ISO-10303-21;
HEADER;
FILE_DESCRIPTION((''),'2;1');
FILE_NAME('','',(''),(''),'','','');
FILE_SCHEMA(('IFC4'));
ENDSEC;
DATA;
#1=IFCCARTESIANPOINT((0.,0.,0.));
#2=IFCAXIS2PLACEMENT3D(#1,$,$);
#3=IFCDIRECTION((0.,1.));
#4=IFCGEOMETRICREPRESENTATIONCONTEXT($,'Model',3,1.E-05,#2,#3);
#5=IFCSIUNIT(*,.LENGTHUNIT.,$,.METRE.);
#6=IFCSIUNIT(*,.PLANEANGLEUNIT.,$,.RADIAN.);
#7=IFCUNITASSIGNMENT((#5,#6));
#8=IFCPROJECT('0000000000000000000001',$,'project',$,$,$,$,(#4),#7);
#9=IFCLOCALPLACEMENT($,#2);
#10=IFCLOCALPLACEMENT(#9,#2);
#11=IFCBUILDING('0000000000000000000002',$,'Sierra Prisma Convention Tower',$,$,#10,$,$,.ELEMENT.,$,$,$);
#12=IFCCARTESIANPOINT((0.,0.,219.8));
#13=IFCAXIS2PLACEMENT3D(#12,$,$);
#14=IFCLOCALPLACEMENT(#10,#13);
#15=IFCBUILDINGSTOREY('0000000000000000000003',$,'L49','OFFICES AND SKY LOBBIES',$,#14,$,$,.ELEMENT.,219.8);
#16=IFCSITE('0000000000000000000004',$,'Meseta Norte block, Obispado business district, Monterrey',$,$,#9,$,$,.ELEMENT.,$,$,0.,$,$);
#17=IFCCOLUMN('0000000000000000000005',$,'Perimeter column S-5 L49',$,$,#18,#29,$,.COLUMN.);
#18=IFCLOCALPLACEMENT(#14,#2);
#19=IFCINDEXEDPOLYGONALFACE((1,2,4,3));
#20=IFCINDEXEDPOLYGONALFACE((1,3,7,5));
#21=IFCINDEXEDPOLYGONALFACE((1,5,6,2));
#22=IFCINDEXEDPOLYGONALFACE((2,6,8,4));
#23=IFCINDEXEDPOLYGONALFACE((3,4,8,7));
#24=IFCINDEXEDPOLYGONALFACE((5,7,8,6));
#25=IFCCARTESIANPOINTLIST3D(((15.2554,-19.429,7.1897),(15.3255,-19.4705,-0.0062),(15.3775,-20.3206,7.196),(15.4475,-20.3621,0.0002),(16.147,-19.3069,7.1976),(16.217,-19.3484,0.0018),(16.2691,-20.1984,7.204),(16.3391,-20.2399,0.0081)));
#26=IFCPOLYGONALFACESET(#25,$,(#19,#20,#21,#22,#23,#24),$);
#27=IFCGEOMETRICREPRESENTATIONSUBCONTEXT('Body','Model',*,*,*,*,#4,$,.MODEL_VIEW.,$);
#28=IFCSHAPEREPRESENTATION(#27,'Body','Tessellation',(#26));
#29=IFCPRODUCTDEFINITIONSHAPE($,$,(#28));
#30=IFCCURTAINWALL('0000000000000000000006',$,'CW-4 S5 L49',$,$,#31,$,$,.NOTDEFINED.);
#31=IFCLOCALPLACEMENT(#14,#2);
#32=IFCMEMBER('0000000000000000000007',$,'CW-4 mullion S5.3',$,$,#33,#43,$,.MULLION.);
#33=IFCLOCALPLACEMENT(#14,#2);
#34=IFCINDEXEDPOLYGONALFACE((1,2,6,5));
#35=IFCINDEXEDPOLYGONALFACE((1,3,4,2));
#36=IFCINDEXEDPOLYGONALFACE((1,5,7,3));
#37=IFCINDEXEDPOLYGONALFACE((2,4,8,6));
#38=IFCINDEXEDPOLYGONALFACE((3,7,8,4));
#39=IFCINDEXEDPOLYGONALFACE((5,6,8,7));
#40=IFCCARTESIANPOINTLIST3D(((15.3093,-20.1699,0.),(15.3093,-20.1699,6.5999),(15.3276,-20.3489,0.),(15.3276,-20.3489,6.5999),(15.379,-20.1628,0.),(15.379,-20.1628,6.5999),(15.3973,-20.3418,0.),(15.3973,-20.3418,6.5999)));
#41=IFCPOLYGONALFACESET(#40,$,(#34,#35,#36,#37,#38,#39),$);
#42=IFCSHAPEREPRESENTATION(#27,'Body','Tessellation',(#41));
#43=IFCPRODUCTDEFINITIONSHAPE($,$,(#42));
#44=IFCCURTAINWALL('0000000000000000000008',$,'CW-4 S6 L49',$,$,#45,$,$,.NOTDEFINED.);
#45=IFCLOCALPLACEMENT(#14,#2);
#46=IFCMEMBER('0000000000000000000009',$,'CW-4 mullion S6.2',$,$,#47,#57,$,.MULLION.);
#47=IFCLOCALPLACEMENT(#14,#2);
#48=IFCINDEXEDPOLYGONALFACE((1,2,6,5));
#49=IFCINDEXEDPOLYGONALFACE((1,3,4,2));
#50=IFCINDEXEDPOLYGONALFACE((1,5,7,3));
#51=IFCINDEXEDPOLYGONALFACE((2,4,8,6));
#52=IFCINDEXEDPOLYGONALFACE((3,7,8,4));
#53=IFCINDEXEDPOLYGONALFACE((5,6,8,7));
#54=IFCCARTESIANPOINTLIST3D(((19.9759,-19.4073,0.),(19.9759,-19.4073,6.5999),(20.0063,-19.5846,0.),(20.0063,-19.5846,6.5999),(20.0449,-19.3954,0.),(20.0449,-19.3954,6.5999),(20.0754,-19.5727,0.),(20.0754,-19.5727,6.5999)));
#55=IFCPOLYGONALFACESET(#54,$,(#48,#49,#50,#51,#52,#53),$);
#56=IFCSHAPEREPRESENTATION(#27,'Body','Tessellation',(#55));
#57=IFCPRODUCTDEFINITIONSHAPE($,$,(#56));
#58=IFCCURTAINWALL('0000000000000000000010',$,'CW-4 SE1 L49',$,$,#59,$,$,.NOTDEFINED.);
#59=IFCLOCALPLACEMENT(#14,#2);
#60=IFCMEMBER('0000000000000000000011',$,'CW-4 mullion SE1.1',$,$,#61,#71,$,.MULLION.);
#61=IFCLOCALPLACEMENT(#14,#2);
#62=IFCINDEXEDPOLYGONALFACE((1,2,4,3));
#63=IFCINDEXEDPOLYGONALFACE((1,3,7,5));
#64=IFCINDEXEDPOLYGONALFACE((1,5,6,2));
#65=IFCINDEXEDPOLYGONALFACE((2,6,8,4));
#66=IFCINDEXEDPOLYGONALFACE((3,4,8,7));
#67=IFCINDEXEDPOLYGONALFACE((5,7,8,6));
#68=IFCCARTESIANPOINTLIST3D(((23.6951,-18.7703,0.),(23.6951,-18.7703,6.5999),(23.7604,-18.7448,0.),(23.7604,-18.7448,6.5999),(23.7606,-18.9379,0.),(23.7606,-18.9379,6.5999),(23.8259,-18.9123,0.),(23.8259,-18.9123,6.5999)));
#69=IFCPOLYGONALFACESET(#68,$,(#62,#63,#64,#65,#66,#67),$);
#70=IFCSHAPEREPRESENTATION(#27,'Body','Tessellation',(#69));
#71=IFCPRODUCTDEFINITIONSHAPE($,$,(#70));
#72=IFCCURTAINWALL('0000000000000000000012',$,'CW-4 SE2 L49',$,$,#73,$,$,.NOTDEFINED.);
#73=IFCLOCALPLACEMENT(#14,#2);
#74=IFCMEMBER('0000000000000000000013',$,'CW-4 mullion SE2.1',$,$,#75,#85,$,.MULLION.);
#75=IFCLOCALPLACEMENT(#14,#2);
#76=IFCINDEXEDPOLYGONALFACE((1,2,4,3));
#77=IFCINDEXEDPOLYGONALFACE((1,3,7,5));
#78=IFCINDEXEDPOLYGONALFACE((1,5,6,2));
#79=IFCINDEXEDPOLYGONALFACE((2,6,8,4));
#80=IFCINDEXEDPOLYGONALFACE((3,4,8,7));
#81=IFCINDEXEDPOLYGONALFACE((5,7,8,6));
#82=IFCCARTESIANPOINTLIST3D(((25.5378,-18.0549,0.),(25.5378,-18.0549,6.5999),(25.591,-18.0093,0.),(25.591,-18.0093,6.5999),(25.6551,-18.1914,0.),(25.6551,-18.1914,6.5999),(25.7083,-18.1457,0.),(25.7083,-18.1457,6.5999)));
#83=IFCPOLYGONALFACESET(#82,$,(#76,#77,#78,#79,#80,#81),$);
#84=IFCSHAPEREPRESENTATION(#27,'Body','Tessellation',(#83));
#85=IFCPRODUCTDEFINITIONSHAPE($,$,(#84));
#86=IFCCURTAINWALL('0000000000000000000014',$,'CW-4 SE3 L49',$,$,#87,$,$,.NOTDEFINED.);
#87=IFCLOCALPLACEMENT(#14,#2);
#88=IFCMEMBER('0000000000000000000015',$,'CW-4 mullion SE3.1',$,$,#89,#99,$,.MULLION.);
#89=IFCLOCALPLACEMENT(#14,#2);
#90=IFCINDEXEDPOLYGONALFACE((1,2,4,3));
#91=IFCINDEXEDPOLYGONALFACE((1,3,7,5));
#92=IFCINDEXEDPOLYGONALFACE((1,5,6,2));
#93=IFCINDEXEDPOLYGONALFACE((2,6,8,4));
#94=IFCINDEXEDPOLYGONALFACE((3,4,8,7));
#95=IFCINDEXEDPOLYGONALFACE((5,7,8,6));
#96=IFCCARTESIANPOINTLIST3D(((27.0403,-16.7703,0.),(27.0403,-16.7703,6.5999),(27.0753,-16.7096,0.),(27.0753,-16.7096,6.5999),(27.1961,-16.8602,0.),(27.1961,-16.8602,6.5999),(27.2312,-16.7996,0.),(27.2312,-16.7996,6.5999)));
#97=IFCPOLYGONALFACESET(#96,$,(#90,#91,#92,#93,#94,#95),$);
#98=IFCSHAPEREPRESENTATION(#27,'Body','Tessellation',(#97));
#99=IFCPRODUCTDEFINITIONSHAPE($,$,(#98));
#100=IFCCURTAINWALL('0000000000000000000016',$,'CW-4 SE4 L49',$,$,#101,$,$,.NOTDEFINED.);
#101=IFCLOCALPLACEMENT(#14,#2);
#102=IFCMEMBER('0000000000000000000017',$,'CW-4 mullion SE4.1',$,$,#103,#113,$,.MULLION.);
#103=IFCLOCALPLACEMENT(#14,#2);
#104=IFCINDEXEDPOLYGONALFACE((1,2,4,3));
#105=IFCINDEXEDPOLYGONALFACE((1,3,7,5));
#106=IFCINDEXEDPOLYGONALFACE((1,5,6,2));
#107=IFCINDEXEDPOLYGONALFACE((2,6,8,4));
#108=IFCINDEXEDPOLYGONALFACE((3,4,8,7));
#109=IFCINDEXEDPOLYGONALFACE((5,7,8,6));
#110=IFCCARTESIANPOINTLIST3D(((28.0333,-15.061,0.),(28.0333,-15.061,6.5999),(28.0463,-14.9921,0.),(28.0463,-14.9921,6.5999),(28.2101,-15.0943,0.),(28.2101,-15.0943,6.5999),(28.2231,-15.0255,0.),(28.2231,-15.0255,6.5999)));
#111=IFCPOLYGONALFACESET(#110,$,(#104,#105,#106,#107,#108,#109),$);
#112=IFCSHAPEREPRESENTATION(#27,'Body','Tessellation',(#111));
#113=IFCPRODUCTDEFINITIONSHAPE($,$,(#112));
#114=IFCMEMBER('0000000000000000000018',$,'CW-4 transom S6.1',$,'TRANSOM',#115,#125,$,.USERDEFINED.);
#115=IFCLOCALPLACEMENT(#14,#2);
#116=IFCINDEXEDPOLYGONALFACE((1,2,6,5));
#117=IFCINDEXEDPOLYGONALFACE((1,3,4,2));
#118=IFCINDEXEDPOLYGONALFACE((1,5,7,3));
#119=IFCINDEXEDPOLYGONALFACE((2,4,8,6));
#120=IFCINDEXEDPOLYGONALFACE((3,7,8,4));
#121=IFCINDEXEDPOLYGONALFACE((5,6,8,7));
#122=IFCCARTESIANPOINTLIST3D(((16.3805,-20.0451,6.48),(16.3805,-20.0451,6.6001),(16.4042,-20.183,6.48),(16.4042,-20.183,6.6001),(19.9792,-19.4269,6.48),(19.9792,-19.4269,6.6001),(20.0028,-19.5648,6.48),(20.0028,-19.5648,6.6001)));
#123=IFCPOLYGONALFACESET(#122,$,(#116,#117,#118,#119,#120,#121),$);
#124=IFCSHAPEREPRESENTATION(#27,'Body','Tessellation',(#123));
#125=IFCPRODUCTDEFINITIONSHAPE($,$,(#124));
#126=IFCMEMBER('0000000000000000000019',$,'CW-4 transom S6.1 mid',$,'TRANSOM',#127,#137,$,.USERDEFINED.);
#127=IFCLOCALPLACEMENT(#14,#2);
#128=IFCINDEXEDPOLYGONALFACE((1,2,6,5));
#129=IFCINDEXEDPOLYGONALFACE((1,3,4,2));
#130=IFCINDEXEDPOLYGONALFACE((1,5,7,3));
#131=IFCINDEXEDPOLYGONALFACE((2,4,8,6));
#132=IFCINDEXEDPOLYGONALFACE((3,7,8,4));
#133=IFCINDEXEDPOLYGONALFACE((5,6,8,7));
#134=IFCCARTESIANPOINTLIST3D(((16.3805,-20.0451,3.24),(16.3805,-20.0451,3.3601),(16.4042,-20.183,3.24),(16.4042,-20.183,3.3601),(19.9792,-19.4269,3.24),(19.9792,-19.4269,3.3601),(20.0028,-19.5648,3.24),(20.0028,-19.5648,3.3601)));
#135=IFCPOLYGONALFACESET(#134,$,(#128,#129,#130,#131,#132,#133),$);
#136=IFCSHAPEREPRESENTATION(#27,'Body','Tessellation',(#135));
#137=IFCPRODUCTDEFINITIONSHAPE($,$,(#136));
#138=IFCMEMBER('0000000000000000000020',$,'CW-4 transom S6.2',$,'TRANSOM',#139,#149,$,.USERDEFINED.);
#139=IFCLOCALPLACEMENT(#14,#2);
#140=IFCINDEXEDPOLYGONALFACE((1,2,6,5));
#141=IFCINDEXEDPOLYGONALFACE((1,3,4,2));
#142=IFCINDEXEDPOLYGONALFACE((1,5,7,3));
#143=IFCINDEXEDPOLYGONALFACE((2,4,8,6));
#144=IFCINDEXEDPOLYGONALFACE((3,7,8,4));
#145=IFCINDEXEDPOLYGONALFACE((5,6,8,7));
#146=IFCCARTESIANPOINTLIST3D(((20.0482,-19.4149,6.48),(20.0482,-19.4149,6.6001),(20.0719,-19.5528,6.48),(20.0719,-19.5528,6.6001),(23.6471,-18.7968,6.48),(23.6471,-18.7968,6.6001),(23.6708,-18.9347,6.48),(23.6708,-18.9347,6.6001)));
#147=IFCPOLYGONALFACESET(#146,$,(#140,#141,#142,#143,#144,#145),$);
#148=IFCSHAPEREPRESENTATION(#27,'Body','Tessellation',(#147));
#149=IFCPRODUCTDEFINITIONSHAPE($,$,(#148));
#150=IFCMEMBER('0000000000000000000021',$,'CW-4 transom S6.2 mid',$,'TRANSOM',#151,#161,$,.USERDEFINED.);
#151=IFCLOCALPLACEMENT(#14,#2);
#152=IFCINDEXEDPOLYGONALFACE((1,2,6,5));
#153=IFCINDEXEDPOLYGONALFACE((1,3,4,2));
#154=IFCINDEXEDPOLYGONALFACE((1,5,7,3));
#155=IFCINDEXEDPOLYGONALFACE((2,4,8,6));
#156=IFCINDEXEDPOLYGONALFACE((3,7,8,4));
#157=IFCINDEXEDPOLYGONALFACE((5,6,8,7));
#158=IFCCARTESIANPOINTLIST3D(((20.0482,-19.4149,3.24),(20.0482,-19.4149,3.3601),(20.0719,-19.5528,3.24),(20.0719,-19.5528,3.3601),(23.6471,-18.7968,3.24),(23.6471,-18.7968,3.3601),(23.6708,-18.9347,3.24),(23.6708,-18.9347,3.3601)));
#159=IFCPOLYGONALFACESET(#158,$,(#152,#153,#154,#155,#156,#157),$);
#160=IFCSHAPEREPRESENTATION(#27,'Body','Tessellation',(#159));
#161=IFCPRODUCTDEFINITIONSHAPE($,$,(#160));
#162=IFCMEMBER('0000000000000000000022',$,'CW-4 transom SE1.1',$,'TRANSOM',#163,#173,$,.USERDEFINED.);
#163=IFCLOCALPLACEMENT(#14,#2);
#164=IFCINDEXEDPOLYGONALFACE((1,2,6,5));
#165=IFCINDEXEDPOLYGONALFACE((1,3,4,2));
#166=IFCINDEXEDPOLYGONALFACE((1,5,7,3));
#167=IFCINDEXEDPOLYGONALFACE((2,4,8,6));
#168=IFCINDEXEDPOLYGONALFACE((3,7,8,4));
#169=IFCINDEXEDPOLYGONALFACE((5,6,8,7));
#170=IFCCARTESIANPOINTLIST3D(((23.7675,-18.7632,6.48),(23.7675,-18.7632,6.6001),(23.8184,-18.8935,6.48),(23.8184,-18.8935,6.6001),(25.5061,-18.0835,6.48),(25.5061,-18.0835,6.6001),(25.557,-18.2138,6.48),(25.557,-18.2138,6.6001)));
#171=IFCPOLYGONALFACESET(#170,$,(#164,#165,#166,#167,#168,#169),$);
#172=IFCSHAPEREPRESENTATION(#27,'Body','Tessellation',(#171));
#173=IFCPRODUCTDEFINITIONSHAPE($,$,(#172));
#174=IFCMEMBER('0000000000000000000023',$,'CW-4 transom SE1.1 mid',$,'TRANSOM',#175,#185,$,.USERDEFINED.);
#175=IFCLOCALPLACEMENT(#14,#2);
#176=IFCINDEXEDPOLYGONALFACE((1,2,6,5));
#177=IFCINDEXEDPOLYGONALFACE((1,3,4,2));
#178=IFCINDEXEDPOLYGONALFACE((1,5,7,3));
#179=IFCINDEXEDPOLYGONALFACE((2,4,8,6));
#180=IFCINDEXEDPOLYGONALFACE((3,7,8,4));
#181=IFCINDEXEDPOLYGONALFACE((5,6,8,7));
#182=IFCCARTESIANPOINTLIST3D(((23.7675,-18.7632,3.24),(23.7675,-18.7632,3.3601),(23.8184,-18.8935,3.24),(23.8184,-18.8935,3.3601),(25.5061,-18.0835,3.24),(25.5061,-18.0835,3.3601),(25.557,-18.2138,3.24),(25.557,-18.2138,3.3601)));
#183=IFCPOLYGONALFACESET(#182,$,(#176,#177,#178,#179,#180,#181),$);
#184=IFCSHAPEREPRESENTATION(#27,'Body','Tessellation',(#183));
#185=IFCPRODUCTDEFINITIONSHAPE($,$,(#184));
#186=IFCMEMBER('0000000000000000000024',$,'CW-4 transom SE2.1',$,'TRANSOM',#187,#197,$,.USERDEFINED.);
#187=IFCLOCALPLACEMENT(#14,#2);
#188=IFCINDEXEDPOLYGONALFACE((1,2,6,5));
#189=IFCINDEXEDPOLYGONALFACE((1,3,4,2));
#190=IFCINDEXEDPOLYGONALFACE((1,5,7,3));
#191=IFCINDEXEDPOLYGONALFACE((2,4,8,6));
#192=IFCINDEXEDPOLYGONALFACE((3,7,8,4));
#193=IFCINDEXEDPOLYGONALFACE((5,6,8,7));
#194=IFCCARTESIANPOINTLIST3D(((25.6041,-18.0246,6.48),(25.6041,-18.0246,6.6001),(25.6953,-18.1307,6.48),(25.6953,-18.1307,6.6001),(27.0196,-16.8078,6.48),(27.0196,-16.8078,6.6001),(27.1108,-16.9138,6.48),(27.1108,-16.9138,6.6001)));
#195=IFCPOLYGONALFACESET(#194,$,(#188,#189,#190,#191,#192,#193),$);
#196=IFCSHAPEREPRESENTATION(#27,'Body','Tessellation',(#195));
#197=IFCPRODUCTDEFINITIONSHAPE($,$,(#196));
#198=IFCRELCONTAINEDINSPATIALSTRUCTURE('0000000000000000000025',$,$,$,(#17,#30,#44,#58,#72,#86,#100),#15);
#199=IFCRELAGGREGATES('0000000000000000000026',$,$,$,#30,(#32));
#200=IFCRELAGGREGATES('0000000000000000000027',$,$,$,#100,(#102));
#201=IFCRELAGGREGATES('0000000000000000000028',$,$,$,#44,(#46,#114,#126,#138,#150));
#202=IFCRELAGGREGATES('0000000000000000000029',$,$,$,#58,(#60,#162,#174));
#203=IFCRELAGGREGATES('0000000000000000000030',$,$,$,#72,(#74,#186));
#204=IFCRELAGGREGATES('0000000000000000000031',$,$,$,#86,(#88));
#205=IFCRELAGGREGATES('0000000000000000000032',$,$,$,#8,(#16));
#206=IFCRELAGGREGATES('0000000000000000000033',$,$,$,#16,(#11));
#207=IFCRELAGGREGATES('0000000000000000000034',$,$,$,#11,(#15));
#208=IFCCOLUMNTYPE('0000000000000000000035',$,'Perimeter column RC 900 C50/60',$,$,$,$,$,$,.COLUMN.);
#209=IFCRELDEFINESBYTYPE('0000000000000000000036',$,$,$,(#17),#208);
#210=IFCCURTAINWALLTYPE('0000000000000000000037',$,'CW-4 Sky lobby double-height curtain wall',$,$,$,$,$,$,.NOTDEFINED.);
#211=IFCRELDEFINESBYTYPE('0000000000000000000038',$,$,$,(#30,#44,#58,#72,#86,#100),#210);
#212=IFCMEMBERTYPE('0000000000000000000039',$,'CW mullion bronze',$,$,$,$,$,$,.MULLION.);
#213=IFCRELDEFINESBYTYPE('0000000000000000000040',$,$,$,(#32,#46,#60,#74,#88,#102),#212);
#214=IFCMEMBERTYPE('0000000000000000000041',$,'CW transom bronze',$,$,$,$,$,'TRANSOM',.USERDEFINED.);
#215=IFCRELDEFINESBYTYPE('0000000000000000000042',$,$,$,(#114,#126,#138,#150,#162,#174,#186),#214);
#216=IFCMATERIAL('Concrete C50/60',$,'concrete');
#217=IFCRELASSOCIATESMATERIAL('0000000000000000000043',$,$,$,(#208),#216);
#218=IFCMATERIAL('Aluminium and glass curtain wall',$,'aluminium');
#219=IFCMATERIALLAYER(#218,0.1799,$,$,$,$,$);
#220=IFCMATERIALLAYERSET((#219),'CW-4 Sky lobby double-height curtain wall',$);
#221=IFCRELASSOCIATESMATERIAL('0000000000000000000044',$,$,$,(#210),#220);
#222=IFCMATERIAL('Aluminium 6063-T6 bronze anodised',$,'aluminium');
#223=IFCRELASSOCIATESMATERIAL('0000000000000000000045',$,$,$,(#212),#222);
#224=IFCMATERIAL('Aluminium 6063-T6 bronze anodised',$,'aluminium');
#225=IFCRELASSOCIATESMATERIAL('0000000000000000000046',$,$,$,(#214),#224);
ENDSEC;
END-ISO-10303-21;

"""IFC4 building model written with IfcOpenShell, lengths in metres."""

from ifc_helpers import new_model, si_unit, direction, frame, origin, origin_2d, place, context, subcontext, project, spatial, rectangle, extrude, clip, halfspace, material, layer, layer_set, material_profile, profile_set, type_object, element, aggregate, save


model = new_model("IFC4")

# Units and contexts
model_context = context("Model", 3, precision=1e-05, world=origin(), true_north=direction((0.0, 1.0)))
body_context = subcontext(model_context, "Body", "Model", "MODEL_VIEW")
ifc_project = project(units=[si_unit("LENGTHUNIT", "METRE"), si_unit("PLANEANGLEUNIT", "RADIAN")], contexts=[model_context])

# Site, building, storey
site_placement = place(None, origin())
site = spatial("IfcSite", under=ifc_project, at=site_placement, Name="Meseta Norte block, Obispado business district, Monterrey", CompositionType="ELEMENT", RefElevation=0.0)
building_placement = place(site_placement, origin())
building = spatial("IfcBuilding", under=site, at=building_placement, Name="Sierra Prisma Convention Tower", CompositionType="ELEMENT")
storey_placement = place(building_placement, frame((0.0, 0.0, 219.8)))
storey = spatial("IfcBuildingStorey", under=building, at=storey_placement, Name="L49", Description="OFFICES AND SKY LOBBIES", CompositionType="ELEMENT", Elevation=219.8)

# Column
ifc_material_1 = material(Name="Concrete C50/60", Category="concrete")
ifc_material_profile_1 = material_profile(ifc_material_1, rectangle(XDim=0.8999, YDim=0.8999, at=origin_2d()), Name="Perimeter column RC 900 C50/60")
ifc_profile_set_1 = profile_set([ifc_material_profile_1], Name="Concrete C50/60")
column_type = type_object("IfcColumnType", Name="Perimeter column RC 900 C50/60", PredefinedType="COLUMN", material=ifc_profile_set_1)
column_placement = place(storey_placement, frame((15.8323, -19.8552, 0.0), z_axis=(-0.009731, 0.005764, 0.999936), x_axis=(0.990707, 0.135727, 0.008859)))
element("IfcColumn", 1, at=column_placement, inside=storey, type_object=column_type, Name="Perimeter column S-5 L49", PredefinedType="COLUMN", context=body_context, shape_type="SweptSolid", body=[
    clip(clip(extrude(rectangle(XDim=0.8999, YDim=0.8999, at=origin_2d()), origin(), (0.0, 0.0, 1.0), 7.2004), halfspace(frame((0.0, 0.0, 0.001)), True)), halfspace(frame((0.0, 0.0, 7.1973)), False)),
])

# Curtain walls, members
ifc_material_2 = material(Name="Aluminium and glass curtain wall", Category="aluminium")
ifc_layer_1 = layer(ifc_material_2, 0.1799)
ifc_layer_set_1 = layer_set([ifc_layer_1], Name="CW-4 Sky lobby double-height curtain wall")
curtain_wall_type = type_object("IfcCurtainWallType", Name="CW-4 Sky lobby double-height curtain wall", PredefinedType="NOTDEFINED", material=ifc_layer_set_1)
curtain_wall_1_placement = place(storey_placement, origin())
curtain_wall_1 = element("IfcCurtainWall", 2, at=curtain_wall_1_placement, inside=storey, type_object=curtain_wall_type, Name="CW-4 S5 L49", PredefinedType="NOTDEFINED")
ifc_material_3 = material(Name="Aluminium 6063-T6 bronze anodised", Category="aluminium")
ifc_material_profile_2 = material_profile(ifc_material_3, rectangle(XDim=0.1799, YDim=0.0701, at=origin_2d()), Name="ALU MULLION 70x180")
ifc_profile_set_2 = profile_set([ifc_material_profile_2], Name="Aluminium 6063-T6 bronze anodised")
member_type_1 = type_object("IfcMemberType", Name="CW mullion bronze", PredefinedType="MULLION", material=ifc_profile_set_2)
member_1_placement = place(storey_placement, frame((15.3533, -20.2559, 0.0), z_axis=(0.0, 0.0, 1.0), x_axis=(-0.101893, 0.994795, 0.0)))
member_1 = element("IfcMember", 3, at=member_1_placement, type_object=member_type_1, Name="CW-4 mullion S5.3", PredefinedType="MULLION", context=body_context, shape_type="SweptSolid", body=[
    extrude(rectangle(XDim=0.1799, YDim=0.0701, at=origin_2d()), origin(), (0.0, 0.0, 1.0), 6.5999),
])
aggregate(curtain_wall_1, [member_1])
curtain_wall_2_placement = place(storey_placement, origin())
curtain_wall_2 = element("IfcCurtainWall", 4, at=curtain_wall_2_placement, inside=storey, type_object=curtain_wall_type, Name="CW-4 S6 L49", PredefinedType="NOTDEFINED")
member_2_placement = place(storey_placement, frame((20.0256, -19.49, 0.0), z_axis=(0.0, 0.0, 1.0), x_axis=(-0.169297, 0.985565, 0.0)))
member_2 = element("IfcMember", 5, at=member_2_placement, type_object=member_type_1, Name="CW-4 mullion S6.2", PredefinedType="MULLION", context=body_context, shape_type="SweptSolid", body=[
    extrude(rectangle(XDim=0.1799, YDim=0.0701, at=origin_2d()), origin(), (0.0, 0.0, 1.0), 6.5999),
])
curtain_wall_3_placement = place(storey_placement, origin())
curtain_wall_3 = element("IfcCurtainWall", 6, at=curtain_wall_3_placement, inside=storey, type_object=curtain_wall_type, Name="CW-4 SE1 L49", PredefinedType="NOTDEFINED")
member_3_placement = place(storey_placement, frame((23.7605, -18.8413, 0.0), z_axis=(0.0, 0.0, 1.0), x_axis=(-0.36418, 0.931329, 0.0)))
member_3 = element("IfcMember", 7, at=member_3_placement, type_object=member_type_1, Name="CW-4 mullion SE1.1", PredefinedType="MULLION", context=body_context, shape_type="SweptSolid", body=[
    extrude(rectangle(XDim=0.1799, YDim=0.0701, at=origin_2d()), origin(), (0.0, 0.0, 1.0), 6.5999),
])
curtain_wall_4_placement = place(storey_placement, origin())
curtain_wall_4 = element("IfcCurtainWall", 8, at=curtain_wall_4_placement, inside=storey, type_object=curtain_wall_type, Name="CW-4 SE2 L49", PredefinedType="NOTDEFINED")
member_4_placement = place(storey_placement, frame((25.623, -18.1003, 0.0), z_axis=(0.0, 0.0, 1.0), x_axis=(-0.651815, 0.758378, 0.0)))
member_4 = element("IfcMember", 9, at=member_4_placement, type_object=member_type_1, Name="CW-4 mullion SE2.1", PredefinedType="MULLION", context=body_context, shape_type="SweptSolid", body=[
    extrude(rectangle(XDim=0.1799, YDim=0.0701, at=origin_2d()), origin(), (0.0, 0.0, 1.0), 6.5999),
])
curtain_wall_5_placement = place(storey_placement, origin())
curtain_wall_5 = element("IfcCurtainWall", 10, at=curtain_wall_5_placement, inside=storey, type_object=curtain_wall_type, Name="CW-4 SE3 L49", PredefinedType="NOTDEFINED")
member_5_placement = place(storey_placement, frame((27.1357, -16.7849, 0.0), z_axis=(0.0, 0.0, 1.0), x_axis=(-0.866025, 0.5, 0.0)))
member_5 = element("IfcMember", 11, at=member_5_placement, type_object=member_type_1, Name="CW-4 mullion SE3.1", PredefinedType="MULLION", context=body_context, shape_type="SweptSolid", body=[
    extrude(rectangle(XDim=0.1799, YDim=0.0701, at=origin_2d()), origin(), (0.0, 0.0, 1.0), 6.5999),
])
curtain_wall_6_placement = place(storey_placement, origin())
curtain_wall_6 = element("IfcCurtainWall", 12, at=curtain_wall_6_placement, inside=storey, type_object=curtain_wall_type, Name="CW-4 SE4 L49", PredefinedType="NOTDEFINED")
member_6_placement = place(storey_placement, frame((28.1282, -15.0432, 0.0), z_axis=(0.0, 0.0, 1.0), x_axis=(-0.982682, 0.185299, 0.0)))
member_6 = element("IfcMember", 13, at=member_6_placement, type_object=member_type_1, Name="CW-4 mullion SE4.1", PredefinedType="MULLION", context=body_context, shape_type="SweptSolid", body=[
    extrude(rectangle(XDim=0.1799, YDim=0.0701, at=origin_2d()), origin(), (0.0, 0.0, 1.0), 6.5999),
])

# Members
ifc_material_4 = material(Name="Aluminium 6063-T6 bronze anodised", Category="aluminium")
ifc_material_profile_3 = material_profile(ifc_material_4, rectangle(XDim=0.1399, YDim=0.1201, at=origin_2d()), Name="ALU TRANSOM 120x140")
ifc_profile_set_3 = profile_set([ifc_material_profile_3], Name="Aluminium 6063-T6 bronze anodised")
member_type_2 = type_object("IfcMemberType", Name="CW transom bronze", ElementType="TRANSOM", PredefinedType="USERDEFINED", material=ifc_profile_set_3)
member_7_placement = place(storey_placement, frame((16.3923, -20.114, 6.54), z_axis=(0.985565, 0.169298, 0.0), x_axis=(-0.169298, 0.985565, 0.0)))
member_7 = element("IfcMember", 14, at=member_7_placement, type_object=member_type_2, Name="CW-4 transom S6.1", ObjectType="TRANSOM", PredefinedType="USERDEFINED", context=body_context, shape_type="SweptSolid", body=[
    extrude(rectangle(XDim=0.1399, YDim=0.1201, at=origin_2d()), origin(), (0.0, 0.0, 1.0), 3.6514),
])
member_8_placement = place(storey_placement, frame((16.3923, -20.114, 3.3), z_axis=(0.985565, 0.169298, 0.0), x_axis=(-0.169298, 0.985565, 0.0)))
member_8 = element("IfcMember", 15, at=member_8_placement, type_object=member_type_2, Name="CW-4 transom S6.1 mid", ObjectType="TRANSOM", PredefinedType="USERDEFINED", context=body_context, shape_type="SweptSolid", body=[
    extrude(rectangle(XDim=0.1399, YDim=0.1201, at=origin_2d()), origin(), (0.0, 0.0, 1.0), 3.6514),
])
member_9_placement = place(storey_placement, frame((20.0601, -19.4839, 6.54), z_axis=(0.985567, 0.169287, 0.0), x_axis=(-0.169287, 0.985567, 0.0)))
member_9 = element("IfcMember", 16, at=member_9_placement, type_object=member_type_2, Name="CW-4 transom S6.2", ObjectType="TRANSOM", PredefinedType="USERDEFINED", context=body_context, shape_type="SweptSolid", body=[
    extrude(rectangle(XDim=0.1399, YDim=0.1201, at=origin_2d()), origin(), (0.0, 0.0, 1.0), 3.6516),
])
member_10_placement = place(storey_placement, frame((20.0601, -19.4839, 3.3), z_axis=(0.985567, 0.169287, 0.0), x_axis=(-0.169287, 0.985567, 0.0)))
member_10 = element("IfcMember", 17, at=member_10_placement, type_object=member_type_2, Name="CW-4 transom S6.2 mid", ObjectType="TRANSOM", PredefinedType="USERDEFINED", context=body_context, shape_type="SweptSolid", body=[
    extrude(rectangle(XDim=0.1399, YDim=0.1201, at=origin_2d()), origin(), (0.0, 0.0, 1.0), 3.6516),
])
member_11_placement = place(storey_placement, frame((23.793, -18.8284, 6.54), z_axis=(0.931353, 0.364118, 0.0), x_axis=(-0.364118, 0.931353, 0.0)))
member_11 = element("IfcMember", 18, at=member_11_placement, type_object=member_type_2, Name="CW-4 transom SE1.1", ObjectType="TRANSOM", PredefinedType="USERDEFINED", context=body_context, shape_type="SweptSolid", body=[
    extrude(rectangle(XDim=0.1399, YDim=0.1201, at=origin_2d()), origin(), (0.0, 0.0, 1.0), 1.8667),
])
member_12_placement = place(storey_placement, frame((23.793, -18.8284, 3.3), z_axis=(0.931353, 0.364118, 0.0), x_axis=(-0.364118, 0.931353, 0.0)))
member_12 = element("IfcMember", 19, at=member_12_placement, type_object=member_type_2, Name="CW-4 transom SE1.1 mid", ObjectType="TRANSOM", PredefinedType="USERDEFINED", context=body_context, shape_type="SweptSolid", body=[
    extrude(rectangle(XDim=0.1399, YDim=0.1201, at=origin_2d()), origin(), (0.0, 0.0, 1.0), 1.8667),
])
member_13_placement = place(storey_placement, frame((25.6497, -18.0776, 6.54), z_axis=(0.758333, 0.651868, 0.0), x_axis=(-0.651868, 0.758333, 0.0)))
member_13 = element("IfcMember", 20, at=member_13_placement, type_object=member_type_2, Name="CW-4 transom SE2.1", ObjectType="TRANSOM", PredefinedType="USERDEFINED", context=body_context, shape_type="SweptSolid", body=[
    extrude(rectangle(XDim=0.1399, YDim=0.1201, at=origin_2d()), origin(), (0.0, 0.0, 1.0), 1.8667),
])
aggregate(curtain_wall_6, [member_6])

aggregate(curtain_wall_2, [member_2, member_7, member_8, member_9, member_10])
aggregate(curtain_wall_3, [member_3, member_11, member_12])
aggregate(curtain_wall_4, [member_4, member_13])
aggregate(curtain_wall_5, [member_5])

save(model, "model.ifc")
